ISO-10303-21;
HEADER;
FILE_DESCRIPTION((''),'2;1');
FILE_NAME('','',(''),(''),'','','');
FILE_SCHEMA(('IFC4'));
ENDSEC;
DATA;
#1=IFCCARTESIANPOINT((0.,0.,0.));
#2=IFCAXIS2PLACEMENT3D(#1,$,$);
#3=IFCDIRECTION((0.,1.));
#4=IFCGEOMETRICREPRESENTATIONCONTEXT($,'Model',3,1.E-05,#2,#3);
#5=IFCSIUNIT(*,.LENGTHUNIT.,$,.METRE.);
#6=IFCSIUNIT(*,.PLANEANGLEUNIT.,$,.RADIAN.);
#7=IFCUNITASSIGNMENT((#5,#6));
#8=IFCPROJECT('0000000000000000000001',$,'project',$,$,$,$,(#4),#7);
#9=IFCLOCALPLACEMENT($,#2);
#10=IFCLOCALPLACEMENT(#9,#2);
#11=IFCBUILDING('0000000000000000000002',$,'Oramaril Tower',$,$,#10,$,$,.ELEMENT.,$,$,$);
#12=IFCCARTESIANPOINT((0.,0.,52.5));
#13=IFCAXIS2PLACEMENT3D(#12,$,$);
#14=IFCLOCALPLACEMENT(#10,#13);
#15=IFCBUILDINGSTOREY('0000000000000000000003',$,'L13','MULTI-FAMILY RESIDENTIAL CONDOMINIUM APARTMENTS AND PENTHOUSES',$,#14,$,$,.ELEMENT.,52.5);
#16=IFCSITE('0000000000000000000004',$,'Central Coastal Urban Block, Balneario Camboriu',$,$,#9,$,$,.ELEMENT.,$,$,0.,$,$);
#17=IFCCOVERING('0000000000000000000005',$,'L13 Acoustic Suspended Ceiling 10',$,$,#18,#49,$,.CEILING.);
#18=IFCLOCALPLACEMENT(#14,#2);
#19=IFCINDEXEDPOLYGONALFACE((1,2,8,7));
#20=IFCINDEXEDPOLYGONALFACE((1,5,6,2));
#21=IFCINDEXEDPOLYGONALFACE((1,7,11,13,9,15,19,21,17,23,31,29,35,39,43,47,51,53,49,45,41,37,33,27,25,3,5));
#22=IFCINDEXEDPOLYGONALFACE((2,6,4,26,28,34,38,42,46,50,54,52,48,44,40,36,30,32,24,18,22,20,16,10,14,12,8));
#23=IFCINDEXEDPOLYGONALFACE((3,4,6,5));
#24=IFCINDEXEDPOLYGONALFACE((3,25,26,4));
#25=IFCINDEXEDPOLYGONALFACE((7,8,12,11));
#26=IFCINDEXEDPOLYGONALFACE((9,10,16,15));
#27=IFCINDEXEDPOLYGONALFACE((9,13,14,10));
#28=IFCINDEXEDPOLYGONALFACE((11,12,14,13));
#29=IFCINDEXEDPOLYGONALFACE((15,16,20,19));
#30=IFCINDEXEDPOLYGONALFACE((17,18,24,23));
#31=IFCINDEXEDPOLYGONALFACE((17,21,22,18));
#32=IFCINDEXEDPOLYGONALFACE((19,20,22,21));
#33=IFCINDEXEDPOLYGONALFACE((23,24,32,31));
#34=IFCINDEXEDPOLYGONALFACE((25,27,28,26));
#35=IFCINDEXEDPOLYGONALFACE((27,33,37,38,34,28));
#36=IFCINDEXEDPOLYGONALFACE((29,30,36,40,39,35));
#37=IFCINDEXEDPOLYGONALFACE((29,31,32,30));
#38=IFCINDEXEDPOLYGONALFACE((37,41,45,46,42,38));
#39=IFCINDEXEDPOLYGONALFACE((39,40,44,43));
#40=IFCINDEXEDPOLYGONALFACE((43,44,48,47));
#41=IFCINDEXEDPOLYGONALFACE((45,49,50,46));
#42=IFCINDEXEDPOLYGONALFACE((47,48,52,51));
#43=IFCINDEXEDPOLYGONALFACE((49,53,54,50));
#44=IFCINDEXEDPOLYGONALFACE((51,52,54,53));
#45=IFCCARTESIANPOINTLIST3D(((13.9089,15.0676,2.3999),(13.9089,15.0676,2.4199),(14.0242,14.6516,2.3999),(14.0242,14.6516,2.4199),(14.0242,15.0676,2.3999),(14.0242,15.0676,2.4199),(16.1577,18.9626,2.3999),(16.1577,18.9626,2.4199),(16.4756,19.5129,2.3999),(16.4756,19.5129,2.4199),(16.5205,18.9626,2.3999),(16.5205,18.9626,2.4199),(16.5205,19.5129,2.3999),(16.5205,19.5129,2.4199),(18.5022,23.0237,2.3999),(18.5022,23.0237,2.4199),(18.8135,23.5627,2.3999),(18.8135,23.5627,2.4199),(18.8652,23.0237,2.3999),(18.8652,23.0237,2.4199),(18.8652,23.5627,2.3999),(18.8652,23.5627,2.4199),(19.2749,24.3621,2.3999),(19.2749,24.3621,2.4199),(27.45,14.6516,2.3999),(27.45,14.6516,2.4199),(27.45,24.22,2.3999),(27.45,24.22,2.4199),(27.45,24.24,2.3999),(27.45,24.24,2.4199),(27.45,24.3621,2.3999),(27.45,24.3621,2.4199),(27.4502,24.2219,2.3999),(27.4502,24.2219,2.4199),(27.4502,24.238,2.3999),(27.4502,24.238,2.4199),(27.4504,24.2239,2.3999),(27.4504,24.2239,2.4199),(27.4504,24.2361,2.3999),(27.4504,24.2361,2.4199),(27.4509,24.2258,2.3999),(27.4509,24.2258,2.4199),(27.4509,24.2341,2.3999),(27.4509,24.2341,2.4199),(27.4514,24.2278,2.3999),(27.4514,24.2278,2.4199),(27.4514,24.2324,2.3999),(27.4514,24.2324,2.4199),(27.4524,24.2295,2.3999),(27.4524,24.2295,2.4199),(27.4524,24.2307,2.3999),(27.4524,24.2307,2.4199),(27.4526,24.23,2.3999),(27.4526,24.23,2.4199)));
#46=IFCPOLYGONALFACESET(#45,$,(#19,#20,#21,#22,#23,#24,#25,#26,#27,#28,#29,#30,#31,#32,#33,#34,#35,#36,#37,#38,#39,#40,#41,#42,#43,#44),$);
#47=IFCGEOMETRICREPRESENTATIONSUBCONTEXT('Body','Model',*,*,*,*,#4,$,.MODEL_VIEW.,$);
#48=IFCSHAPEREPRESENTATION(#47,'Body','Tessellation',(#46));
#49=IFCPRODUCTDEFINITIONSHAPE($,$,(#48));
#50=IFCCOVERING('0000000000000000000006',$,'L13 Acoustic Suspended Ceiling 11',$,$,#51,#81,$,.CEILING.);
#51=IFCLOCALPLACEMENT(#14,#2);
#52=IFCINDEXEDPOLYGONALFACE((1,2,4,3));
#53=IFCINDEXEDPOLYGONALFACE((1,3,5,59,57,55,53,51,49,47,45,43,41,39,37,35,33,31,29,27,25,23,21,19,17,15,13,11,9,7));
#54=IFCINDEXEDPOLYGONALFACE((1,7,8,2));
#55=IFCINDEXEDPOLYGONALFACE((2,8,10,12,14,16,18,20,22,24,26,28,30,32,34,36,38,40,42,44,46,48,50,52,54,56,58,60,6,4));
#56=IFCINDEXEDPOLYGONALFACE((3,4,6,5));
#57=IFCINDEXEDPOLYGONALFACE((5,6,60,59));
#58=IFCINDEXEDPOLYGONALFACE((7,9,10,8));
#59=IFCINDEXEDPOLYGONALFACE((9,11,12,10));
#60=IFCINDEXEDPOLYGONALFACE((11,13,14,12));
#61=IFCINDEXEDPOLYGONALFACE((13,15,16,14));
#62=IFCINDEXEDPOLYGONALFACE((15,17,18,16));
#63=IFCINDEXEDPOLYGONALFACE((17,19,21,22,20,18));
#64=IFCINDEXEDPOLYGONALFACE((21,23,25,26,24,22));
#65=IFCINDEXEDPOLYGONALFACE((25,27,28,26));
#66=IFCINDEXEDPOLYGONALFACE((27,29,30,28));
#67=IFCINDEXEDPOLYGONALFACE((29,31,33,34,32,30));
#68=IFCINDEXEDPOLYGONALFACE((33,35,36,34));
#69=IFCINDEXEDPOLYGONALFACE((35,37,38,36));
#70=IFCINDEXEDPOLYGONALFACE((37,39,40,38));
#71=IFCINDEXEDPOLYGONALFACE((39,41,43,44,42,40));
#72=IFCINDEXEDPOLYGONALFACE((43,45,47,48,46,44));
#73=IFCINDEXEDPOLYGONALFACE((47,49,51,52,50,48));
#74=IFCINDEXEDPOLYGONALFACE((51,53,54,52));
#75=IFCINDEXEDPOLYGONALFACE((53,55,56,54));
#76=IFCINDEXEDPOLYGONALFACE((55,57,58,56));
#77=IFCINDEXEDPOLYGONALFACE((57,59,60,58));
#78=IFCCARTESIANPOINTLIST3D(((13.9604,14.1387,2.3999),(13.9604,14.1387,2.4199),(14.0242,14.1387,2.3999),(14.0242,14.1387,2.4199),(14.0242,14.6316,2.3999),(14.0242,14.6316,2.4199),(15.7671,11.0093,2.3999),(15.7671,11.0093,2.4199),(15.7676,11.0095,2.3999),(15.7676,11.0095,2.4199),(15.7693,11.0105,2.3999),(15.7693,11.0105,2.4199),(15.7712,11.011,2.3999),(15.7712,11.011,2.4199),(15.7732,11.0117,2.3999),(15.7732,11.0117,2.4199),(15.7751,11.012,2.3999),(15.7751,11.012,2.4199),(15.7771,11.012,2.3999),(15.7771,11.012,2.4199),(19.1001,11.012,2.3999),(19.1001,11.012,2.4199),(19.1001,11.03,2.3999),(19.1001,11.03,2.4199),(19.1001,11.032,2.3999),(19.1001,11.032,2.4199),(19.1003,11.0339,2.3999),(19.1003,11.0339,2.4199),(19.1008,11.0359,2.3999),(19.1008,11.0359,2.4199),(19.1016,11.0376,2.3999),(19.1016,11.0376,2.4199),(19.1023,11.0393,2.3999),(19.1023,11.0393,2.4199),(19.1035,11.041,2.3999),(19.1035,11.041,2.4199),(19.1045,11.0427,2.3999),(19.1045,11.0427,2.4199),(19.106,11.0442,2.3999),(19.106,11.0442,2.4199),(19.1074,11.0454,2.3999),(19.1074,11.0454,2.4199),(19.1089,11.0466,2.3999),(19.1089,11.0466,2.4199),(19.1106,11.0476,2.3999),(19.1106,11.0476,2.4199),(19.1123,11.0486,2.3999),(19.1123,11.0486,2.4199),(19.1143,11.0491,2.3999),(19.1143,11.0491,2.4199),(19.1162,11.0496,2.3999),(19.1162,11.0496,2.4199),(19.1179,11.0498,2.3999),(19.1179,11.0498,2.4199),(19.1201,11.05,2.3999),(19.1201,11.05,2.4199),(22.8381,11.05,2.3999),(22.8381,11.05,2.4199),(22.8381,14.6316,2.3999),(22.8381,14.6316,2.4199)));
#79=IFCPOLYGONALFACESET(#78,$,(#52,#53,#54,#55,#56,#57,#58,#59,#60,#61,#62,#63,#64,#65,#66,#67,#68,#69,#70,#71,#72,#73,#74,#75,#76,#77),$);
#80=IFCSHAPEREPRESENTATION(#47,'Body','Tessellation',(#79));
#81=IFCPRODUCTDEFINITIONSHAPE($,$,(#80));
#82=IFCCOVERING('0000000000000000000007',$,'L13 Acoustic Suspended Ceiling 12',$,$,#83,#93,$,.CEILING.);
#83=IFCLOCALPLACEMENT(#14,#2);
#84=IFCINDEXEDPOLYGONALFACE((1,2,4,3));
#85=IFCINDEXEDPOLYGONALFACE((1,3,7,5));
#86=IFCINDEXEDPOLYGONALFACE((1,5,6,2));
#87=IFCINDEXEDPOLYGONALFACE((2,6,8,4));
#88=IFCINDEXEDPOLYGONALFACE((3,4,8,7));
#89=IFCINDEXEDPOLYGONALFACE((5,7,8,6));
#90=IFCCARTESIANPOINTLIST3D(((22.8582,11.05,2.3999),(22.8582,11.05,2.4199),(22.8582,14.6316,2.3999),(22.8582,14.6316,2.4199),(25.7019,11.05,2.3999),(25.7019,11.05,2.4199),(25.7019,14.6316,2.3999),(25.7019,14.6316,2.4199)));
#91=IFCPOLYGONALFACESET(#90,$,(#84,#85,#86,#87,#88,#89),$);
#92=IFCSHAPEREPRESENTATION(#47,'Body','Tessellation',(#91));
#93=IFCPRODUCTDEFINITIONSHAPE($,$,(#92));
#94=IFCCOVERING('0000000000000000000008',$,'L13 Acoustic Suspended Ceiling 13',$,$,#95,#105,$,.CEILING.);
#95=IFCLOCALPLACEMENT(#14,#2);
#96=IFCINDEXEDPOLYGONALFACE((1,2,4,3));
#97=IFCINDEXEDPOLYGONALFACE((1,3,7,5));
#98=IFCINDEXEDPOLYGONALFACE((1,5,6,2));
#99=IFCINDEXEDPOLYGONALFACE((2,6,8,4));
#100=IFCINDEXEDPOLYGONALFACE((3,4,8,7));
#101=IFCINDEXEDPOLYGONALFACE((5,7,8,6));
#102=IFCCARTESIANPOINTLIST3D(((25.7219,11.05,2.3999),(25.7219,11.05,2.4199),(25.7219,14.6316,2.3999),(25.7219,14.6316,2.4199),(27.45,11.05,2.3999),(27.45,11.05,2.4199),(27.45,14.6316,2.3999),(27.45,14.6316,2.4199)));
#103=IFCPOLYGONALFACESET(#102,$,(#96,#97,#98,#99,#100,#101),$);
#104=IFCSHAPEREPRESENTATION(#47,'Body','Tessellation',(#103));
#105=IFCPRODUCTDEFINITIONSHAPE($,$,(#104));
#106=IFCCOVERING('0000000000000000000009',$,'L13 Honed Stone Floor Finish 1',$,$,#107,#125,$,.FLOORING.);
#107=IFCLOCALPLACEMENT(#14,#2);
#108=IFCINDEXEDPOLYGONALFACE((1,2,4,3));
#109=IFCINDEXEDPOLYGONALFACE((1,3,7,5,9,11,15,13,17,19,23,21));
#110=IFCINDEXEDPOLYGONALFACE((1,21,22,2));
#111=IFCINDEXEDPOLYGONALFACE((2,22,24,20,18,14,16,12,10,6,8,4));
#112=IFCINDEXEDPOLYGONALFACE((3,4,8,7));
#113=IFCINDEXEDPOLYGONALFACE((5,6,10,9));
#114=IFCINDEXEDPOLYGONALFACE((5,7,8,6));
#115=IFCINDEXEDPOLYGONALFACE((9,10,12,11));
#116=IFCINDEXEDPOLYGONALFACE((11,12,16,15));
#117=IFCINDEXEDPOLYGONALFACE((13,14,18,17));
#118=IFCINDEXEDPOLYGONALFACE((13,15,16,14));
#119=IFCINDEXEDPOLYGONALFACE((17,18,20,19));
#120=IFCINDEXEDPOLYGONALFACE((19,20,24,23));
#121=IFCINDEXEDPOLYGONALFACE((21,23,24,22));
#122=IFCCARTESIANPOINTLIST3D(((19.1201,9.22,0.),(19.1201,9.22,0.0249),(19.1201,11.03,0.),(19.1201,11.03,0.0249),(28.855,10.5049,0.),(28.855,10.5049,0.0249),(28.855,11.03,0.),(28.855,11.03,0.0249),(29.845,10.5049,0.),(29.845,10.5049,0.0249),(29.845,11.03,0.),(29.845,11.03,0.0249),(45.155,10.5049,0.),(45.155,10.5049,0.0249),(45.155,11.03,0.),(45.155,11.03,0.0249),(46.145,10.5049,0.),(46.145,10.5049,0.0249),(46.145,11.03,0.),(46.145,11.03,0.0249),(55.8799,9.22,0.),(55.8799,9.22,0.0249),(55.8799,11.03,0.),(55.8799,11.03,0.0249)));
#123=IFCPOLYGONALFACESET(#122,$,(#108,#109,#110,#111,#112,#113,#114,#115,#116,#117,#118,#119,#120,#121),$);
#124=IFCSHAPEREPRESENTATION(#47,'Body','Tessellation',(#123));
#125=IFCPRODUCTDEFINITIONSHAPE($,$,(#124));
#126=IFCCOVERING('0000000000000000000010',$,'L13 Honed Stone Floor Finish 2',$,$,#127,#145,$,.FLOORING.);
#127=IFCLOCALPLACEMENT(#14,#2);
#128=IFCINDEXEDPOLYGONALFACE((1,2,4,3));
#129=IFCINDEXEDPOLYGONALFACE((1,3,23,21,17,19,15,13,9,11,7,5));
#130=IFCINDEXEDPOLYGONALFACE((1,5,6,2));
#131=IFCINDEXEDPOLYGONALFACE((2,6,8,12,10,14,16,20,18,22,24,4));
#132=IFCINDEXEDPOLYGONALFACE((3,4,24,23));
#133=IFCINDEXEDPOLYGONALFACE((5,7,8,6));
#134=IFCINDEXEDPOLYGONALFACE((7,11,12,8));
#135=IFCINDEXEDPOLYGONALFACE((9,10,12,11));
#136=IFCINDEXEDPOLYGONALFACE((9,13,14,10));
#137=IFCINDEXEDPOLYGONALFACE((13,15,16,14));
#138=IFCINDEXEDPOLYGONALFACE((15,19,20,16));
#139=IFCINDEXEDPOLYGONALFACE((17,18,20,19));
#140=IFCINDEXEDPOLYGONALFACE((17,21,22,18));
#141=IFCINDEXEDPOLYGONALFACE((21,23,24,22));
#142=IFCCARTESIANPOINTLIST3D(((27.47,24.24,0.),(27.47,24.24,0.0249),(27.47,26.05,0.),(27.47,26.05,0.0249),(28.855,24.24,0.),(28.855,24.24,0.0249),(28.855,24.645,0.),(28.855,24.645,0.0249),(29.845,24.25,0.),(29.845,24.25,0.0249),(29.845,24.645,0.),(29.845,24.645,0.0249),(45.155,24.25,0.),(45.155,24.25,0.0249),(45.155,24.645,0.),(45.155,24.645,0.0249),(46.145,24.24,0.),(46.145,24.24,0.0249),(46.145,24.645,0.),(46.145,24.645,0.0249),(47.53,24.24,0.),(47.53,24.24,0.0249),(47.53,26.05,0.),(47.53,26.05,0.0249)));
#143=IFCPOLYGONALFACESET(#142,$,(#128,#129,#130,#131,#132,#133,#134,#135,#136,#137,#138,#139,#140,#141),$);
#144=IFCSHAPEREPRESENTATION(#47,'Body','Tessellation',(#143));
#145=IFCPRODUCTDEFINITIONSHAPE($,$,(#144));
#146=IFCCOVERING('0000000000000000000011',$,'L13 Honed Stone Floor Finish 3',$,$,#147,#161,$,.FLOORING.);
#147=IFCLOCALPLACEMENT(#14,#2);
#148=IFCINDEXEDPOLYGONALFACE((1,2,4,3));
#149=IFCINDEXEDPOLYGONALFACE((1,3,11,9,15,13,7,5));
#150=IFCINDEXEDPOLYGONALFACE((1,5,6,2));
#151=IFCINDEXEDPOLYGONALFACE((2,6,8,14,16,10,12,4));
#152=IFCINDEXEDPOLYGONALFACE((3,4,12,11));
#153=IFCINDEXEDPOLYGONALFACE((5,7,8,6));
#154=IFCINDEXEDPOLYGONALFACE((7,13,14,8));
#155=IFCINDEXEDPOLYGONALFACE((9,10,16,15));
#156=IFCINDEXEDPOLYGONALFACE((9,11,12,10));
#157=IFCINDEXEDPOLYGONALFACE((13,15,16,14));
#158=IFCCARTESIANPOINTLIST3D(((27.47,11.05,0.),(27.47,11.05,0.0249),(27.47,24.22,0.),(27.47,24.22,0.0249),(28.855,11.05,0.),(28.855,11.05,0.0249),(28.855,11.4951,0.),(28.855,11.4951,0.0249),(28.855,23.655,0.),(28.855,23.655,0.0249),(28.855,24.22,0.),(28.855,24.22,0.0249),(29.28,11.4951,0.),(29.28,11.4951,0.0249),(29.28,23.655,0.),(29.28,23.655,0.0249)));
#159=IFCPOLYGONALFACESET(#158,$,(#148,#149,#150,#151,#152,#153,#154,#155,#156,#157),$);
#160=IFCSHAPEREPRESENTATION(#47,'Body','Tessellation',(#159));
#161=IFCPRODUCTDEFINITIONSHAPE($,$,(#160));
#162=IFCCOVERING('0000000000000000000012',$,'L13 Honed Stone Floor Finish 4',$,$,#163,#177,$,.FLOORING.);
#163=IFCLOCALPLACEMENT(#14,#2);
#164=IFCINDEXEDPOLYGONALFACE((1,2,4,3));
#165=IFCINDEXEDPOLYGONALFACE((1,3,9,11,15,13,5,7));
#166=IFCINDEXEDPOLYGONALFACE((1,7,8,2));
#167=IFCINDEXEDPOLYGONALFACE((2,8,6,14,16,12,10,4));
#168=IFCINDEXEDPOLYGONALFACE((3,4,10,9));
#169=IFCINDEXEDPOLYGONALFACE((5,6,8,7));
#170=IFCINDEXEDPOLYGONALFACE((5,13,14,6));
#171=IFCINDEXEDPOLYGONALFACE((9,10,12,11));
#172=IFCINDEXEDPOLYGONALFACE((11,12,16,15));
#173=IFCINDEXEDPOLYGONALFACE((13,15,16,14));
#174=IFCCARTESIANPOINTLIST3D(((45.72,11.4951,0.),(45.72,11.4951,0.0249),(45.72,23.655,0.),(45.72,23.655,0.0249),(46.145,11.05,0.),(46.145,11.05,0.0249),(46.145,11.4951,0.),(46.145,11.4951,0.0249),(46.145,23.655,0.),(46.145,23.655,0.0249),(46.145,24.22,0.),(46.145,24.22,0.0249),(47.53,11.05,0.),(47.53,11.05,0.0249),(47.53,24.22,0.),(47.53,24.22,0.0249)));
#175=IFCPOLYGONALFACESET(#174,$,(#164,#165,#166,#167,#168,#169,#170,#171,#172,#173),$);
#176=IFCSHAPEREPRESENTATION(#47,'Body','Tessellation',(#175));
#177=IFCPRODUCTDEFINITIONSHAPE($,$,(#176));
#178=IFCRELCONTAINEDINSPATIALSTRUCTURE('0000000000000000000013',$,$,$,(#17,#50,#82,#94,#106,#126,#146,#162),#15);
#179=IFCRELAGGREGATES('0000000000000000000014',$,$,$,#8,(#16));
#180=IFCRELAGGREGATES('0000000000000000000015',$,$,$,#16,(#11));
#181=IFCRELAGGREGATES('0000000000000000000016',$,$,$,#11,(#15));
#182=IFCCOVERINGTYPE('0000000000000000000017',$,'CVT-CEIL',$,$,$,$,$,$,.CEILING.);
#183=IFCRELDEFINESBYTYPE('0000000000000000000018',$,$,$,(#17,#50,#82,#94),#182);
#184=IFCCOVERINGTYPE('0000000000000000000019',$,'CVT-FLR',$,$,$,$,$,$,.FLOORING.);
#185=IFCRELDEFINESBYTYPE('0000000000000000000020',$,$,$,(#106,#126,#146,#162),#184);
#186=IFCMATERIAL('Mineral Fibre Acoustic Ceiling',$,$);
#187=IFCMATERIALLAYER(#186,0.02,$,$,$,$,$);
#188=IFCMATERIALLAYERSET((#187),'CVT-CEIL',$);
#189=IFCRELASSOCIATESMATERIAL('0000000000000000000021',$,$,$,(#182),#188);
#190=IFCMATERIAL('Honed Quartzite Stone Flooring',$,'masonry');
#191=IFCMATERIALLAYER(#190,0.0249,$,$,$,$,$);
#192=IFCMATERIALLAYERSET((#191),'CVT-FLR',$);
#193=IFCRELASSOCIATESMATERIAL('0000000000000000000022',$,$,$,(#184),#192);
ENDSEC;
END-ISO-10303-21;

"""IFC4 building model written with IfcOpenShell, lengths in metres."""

from ifc_helpers import new_model, si_unit, direction, frame, origin, place, context, subcontext, project, spatial, polyline, outline, extrude, material, layer, layer_set, type_object, element, save


model = new_model("IFC4")

# Units and contexts
model_context = context("Model", 3, precision=1e-05, world=origin(), true_north=direction((0.0, 1.0)))
body_context = subcontext(model_context, "Body", "Model", "MODEL_VIEW")
ifc_project = project(units=[si_unit("LENGTHUNIT", "METRE"), si_unit("PLANEANGLEUNIT", "RADIAN")], contexts=[model_context])

# Site, building, storey
site_placement = place(None, origin())
site = spatial("IfcSite", under=ifc_project, at=site_placement, Name="Central Coastal Urban Block, Balneario Camboriu", CompositionType="ELEMENT", RefElevation=0.0)
building_placement = place(site_placement, origin())
building = spatial("IfcBuilding", under=site, at=building_placement, Name="Oramaril Tower", CompositionType="ELEMENT")
storey_placement = place(building_placement, frame((0.0, 0.0, 52.5)))
storey = spatial("IfcBuildingStorey", under=building, at=storey_placement, Name="L13", Description="MULTI-FAMILY RESIDENTIAL CONDOMINIUM APARTMENTS AND PENTHOUSES", CompositionType="ELEMENT", Elevation=52.5)

# Coverings
ifc_material_1 = material(Name="Mineral Fibre Acoustic Ceiling")
ifc_layer_1 = layer(ifc_material_1, 0.02)
ifc_layer_set_1 = layer_set([ifc_layer_1], Name="CVT-CEIL")
covering_type_1 = type_object("IfcCoveringType", Name="CVT-CEIL", PredefinedType="CEILING", material=ifc_layer_set_1)
covering_1_placement = place(storey_placement, frame((0.0, 0.0, 2.3999)))
element("IfcCovering", 1, at=covering_1_placement, inside=storey, type_object=covering_type_1, Name="L13 Acoustic Suspended Ceiling 10", PredefinedType="CEILING", context=body_context, shape_type="SweptSolid", body=[
    extrude(outline(polyline([(14.0242, 14.6516), (14.0242, 15.0676), (13.9089, 15.0676), (16.1577, 18.9626), (16.5205, 18.9626), (16.5205, 19.5129), (16.4756, 19.5129), (18.5022, 23.0237), (18.8652, 23.0237), (18.8652, 23.5627), (18.8135, 23.5627), (19.2749, 24.3621), (27.45, 24.3621), (27.45, 24.24), (27.4502, 24.238), (27.4504, 24.2361), (27.4509, 24.2341), (27.4514, 24.2324), (27.4524, 24.2307), (27.4526, 24.23), (27.4524, 24.2295), (27.4514, 24.2278), (27.4509, 24.2258), (27.4504, 24.2239), (27.4502, 24.2219), (27.45, 24.22), (27.45, 14.6516), (14.0242, 14.6516)])), origin(), (0.0, 0.0, 1.0), 0.02),
])
covering_2_placement = place(storey_placement, frame((0.0, 0.0, 2.3999)))
element("IfcCovering", 2, at=covering_2_placement, inside=storey, type_object=covering_type_1, Name="L13 Acoustic Suspended Ceiling 11", PredefinedType="CEILING", context=body_context, shape_type="SweptSolid", body=[
    extrude(outline(polyline([(13.9604, 14.1387), (14.0242, 14.1387), (14.0242, 14.6316), (22.8381, 14.6316), (22.8381, 11.05), (19.1201, 11.05), (19.1179, 11.0498), (19.1162, 11.0496), (19.1143, 11.0491), (19.1123, 11.0486), (19.1106, 11.0476), (19.1089, 11.0466), (19.1074, 11.0454), (19.106, 11.0442), (19.1045, 11.0427), (19.1035, 11.041), (19.1023, 11.0393), (19.1016, 11.0376), (19.1008, 11.0359), (19.1003, 11.0339), (19.1001, 11.032), (19.1001, 11.03), (19.1001, 11.012), (15.7771, 11.012), (15.7751, 11.012), (15.7732, 11.0117), (15.7712, 11.011), (15.7693, 11.0105), (15.7676, 11.0095), (15.7671, 11.0093), (13.9604, 14.1387)])), origin(), (0.0, 0.0, 1.0), 0.02),
])
covering_3_placement = place(storey_placement, frame((0.0, 0.0, 2.3999)))
element("IfcCovering", 3, at=covering_3_placement, inside=storey, type_object=covering_type_1, Name="L13 Acoustic Suspended Ceiling 12", PredefinedType="CEILING", context=body_context, shape_type="SweptSolid", body=[
    extrude(outline(polyline([(25.7019, 11.05), (22.8582, 11.05), (22.8582, 14.6316), (25.7019, 14.6316), (25.7019, 11.05)])), origin(), (0.0, 0.0, 1.0), 0.02),
])
covering_4_placement = place(storey_placement, frame((0.0, 0.0, 2.3999)))
element("IfcCovering", 4, at=covering_4_placement, inside=storey, type_object=covering_type_1, Name="L13 Acoustic Suspended Ceiling 13", PredefinedType="CEILING", context=body_context, shape_type="SweptSolid", body=[
    extrude(outline(polyline([(25.7219, 14.6316), (27.45, 14.6316), (27.45, 11.05), (25.7219, 11.05), (25.7219, 14.6316)])), origin(), (0.0, 0.0, 1.0), 0.02),
])
ifc_material_2 = material(Name="Honed Quartzite Stone Flooring", Category="masonry")
ifc_layer_2 = layer(ifc_material_2, 0.0249)
ifc_layer_set_2 = layer_set([ifc_layer_2], Name="CVT-FLR")
covering_type_2 = type_object("IfcCoveringType", Name="CVT-FLR", PredefinedType="FLOORING", material=ifc_layer_set_2)
covering_5_placement = place(storey_placement, origin())
element("IfcCovering", 5, at=covering_5_placement, inside=storey, type_object=covering_type_2, Name="L13 Honed Stone Floor Finish 1", PredefinedType="FLOORING", context=body_context, shape_type="SweptSolid", body=[
    extrude(outline(polyline([(28.855, 10.5049), (29.845, 10.5049), (29.845, 11.03), (45.155, 11.03), (45.155, 10.5049), (46.145, 10.5049), (46.145, 11.03), (55.8799, 11.03), (55.8799, 9.22), (19.1201, 9.22), (19.1201, 11.03), (28.855, 11.03), (28.855, 10.5049)])), origin(), (0.0, 0.0, 1.0), 0.0249),
])
covering_6_placement = place(storey_placement, origin())
element("IfcCovering", 6, at=covering_6_placement, inside=storey, type_object=covering_type_2, Name="L13 Honed Stone Floor Finish 2", PredefinedType="FLOORING", context=body_context, shape_type="SweptSolid", body=[
    extrude(outline(polyline([(47.53, 24.24), (46.145, 24.24), (46.145, 24.645), (45.155, 24.645), (45.155, 24.25), (29.845, 24.25), (29.845, 24.645), (28.855, 24.645), (28.855, 24.24), (27.47, 24.24), (27.47, 26.05), (47.53, 26.05), (47.53, 24.24)])), origin(), (0.0, 0.0, 1.0), 0.0249),
])
covering_7_placement = place(storey_placement, origin())
element("IfcCovering", 7, at=covering_7_placement, inside=storey, type_object=covering_type_2, Name="L13 Honed Stone Floor Finish 3", PredefinedType="FLOORING", context=body_context, shape_type="SweptSolid", body=[
    extrude(outline(polyline([(28.855, 23.655), (29.28, 23.655), (29.28, 11.4951), (28.855, 11.4951), (28.855, 11.05), (27.47, 11.05), (27.47, 24.22), (28.855, 24.22), (28.855, 23.655)])), origin(), (0.0, 0.0, 1.0), 0.0249),
])
covering_8_placement = place(storey_placement, origin())
element("IfcCovering", 8, at=covering_8_placement, inside=storey, type_object=covering_type_2, Name="L13 Honed Stone Floor Finish 4", PredefinedType="FLOORING", context=body_context, shape_type="SweptSolid", body=[
    extrude(outline(polyline([(47.53, 11.05), (46.145, 11.05), (46.145, 11.4951), (45.72, 11.4951), (45.72, 23.655), (46.145, 23.655), (46.145, 24.22), (47.53, 24.22), (47.53, 11.05)])), origin(), (0.0, 0.0, 1.0), 0.0249),
])

save(model, "model.ifc")
